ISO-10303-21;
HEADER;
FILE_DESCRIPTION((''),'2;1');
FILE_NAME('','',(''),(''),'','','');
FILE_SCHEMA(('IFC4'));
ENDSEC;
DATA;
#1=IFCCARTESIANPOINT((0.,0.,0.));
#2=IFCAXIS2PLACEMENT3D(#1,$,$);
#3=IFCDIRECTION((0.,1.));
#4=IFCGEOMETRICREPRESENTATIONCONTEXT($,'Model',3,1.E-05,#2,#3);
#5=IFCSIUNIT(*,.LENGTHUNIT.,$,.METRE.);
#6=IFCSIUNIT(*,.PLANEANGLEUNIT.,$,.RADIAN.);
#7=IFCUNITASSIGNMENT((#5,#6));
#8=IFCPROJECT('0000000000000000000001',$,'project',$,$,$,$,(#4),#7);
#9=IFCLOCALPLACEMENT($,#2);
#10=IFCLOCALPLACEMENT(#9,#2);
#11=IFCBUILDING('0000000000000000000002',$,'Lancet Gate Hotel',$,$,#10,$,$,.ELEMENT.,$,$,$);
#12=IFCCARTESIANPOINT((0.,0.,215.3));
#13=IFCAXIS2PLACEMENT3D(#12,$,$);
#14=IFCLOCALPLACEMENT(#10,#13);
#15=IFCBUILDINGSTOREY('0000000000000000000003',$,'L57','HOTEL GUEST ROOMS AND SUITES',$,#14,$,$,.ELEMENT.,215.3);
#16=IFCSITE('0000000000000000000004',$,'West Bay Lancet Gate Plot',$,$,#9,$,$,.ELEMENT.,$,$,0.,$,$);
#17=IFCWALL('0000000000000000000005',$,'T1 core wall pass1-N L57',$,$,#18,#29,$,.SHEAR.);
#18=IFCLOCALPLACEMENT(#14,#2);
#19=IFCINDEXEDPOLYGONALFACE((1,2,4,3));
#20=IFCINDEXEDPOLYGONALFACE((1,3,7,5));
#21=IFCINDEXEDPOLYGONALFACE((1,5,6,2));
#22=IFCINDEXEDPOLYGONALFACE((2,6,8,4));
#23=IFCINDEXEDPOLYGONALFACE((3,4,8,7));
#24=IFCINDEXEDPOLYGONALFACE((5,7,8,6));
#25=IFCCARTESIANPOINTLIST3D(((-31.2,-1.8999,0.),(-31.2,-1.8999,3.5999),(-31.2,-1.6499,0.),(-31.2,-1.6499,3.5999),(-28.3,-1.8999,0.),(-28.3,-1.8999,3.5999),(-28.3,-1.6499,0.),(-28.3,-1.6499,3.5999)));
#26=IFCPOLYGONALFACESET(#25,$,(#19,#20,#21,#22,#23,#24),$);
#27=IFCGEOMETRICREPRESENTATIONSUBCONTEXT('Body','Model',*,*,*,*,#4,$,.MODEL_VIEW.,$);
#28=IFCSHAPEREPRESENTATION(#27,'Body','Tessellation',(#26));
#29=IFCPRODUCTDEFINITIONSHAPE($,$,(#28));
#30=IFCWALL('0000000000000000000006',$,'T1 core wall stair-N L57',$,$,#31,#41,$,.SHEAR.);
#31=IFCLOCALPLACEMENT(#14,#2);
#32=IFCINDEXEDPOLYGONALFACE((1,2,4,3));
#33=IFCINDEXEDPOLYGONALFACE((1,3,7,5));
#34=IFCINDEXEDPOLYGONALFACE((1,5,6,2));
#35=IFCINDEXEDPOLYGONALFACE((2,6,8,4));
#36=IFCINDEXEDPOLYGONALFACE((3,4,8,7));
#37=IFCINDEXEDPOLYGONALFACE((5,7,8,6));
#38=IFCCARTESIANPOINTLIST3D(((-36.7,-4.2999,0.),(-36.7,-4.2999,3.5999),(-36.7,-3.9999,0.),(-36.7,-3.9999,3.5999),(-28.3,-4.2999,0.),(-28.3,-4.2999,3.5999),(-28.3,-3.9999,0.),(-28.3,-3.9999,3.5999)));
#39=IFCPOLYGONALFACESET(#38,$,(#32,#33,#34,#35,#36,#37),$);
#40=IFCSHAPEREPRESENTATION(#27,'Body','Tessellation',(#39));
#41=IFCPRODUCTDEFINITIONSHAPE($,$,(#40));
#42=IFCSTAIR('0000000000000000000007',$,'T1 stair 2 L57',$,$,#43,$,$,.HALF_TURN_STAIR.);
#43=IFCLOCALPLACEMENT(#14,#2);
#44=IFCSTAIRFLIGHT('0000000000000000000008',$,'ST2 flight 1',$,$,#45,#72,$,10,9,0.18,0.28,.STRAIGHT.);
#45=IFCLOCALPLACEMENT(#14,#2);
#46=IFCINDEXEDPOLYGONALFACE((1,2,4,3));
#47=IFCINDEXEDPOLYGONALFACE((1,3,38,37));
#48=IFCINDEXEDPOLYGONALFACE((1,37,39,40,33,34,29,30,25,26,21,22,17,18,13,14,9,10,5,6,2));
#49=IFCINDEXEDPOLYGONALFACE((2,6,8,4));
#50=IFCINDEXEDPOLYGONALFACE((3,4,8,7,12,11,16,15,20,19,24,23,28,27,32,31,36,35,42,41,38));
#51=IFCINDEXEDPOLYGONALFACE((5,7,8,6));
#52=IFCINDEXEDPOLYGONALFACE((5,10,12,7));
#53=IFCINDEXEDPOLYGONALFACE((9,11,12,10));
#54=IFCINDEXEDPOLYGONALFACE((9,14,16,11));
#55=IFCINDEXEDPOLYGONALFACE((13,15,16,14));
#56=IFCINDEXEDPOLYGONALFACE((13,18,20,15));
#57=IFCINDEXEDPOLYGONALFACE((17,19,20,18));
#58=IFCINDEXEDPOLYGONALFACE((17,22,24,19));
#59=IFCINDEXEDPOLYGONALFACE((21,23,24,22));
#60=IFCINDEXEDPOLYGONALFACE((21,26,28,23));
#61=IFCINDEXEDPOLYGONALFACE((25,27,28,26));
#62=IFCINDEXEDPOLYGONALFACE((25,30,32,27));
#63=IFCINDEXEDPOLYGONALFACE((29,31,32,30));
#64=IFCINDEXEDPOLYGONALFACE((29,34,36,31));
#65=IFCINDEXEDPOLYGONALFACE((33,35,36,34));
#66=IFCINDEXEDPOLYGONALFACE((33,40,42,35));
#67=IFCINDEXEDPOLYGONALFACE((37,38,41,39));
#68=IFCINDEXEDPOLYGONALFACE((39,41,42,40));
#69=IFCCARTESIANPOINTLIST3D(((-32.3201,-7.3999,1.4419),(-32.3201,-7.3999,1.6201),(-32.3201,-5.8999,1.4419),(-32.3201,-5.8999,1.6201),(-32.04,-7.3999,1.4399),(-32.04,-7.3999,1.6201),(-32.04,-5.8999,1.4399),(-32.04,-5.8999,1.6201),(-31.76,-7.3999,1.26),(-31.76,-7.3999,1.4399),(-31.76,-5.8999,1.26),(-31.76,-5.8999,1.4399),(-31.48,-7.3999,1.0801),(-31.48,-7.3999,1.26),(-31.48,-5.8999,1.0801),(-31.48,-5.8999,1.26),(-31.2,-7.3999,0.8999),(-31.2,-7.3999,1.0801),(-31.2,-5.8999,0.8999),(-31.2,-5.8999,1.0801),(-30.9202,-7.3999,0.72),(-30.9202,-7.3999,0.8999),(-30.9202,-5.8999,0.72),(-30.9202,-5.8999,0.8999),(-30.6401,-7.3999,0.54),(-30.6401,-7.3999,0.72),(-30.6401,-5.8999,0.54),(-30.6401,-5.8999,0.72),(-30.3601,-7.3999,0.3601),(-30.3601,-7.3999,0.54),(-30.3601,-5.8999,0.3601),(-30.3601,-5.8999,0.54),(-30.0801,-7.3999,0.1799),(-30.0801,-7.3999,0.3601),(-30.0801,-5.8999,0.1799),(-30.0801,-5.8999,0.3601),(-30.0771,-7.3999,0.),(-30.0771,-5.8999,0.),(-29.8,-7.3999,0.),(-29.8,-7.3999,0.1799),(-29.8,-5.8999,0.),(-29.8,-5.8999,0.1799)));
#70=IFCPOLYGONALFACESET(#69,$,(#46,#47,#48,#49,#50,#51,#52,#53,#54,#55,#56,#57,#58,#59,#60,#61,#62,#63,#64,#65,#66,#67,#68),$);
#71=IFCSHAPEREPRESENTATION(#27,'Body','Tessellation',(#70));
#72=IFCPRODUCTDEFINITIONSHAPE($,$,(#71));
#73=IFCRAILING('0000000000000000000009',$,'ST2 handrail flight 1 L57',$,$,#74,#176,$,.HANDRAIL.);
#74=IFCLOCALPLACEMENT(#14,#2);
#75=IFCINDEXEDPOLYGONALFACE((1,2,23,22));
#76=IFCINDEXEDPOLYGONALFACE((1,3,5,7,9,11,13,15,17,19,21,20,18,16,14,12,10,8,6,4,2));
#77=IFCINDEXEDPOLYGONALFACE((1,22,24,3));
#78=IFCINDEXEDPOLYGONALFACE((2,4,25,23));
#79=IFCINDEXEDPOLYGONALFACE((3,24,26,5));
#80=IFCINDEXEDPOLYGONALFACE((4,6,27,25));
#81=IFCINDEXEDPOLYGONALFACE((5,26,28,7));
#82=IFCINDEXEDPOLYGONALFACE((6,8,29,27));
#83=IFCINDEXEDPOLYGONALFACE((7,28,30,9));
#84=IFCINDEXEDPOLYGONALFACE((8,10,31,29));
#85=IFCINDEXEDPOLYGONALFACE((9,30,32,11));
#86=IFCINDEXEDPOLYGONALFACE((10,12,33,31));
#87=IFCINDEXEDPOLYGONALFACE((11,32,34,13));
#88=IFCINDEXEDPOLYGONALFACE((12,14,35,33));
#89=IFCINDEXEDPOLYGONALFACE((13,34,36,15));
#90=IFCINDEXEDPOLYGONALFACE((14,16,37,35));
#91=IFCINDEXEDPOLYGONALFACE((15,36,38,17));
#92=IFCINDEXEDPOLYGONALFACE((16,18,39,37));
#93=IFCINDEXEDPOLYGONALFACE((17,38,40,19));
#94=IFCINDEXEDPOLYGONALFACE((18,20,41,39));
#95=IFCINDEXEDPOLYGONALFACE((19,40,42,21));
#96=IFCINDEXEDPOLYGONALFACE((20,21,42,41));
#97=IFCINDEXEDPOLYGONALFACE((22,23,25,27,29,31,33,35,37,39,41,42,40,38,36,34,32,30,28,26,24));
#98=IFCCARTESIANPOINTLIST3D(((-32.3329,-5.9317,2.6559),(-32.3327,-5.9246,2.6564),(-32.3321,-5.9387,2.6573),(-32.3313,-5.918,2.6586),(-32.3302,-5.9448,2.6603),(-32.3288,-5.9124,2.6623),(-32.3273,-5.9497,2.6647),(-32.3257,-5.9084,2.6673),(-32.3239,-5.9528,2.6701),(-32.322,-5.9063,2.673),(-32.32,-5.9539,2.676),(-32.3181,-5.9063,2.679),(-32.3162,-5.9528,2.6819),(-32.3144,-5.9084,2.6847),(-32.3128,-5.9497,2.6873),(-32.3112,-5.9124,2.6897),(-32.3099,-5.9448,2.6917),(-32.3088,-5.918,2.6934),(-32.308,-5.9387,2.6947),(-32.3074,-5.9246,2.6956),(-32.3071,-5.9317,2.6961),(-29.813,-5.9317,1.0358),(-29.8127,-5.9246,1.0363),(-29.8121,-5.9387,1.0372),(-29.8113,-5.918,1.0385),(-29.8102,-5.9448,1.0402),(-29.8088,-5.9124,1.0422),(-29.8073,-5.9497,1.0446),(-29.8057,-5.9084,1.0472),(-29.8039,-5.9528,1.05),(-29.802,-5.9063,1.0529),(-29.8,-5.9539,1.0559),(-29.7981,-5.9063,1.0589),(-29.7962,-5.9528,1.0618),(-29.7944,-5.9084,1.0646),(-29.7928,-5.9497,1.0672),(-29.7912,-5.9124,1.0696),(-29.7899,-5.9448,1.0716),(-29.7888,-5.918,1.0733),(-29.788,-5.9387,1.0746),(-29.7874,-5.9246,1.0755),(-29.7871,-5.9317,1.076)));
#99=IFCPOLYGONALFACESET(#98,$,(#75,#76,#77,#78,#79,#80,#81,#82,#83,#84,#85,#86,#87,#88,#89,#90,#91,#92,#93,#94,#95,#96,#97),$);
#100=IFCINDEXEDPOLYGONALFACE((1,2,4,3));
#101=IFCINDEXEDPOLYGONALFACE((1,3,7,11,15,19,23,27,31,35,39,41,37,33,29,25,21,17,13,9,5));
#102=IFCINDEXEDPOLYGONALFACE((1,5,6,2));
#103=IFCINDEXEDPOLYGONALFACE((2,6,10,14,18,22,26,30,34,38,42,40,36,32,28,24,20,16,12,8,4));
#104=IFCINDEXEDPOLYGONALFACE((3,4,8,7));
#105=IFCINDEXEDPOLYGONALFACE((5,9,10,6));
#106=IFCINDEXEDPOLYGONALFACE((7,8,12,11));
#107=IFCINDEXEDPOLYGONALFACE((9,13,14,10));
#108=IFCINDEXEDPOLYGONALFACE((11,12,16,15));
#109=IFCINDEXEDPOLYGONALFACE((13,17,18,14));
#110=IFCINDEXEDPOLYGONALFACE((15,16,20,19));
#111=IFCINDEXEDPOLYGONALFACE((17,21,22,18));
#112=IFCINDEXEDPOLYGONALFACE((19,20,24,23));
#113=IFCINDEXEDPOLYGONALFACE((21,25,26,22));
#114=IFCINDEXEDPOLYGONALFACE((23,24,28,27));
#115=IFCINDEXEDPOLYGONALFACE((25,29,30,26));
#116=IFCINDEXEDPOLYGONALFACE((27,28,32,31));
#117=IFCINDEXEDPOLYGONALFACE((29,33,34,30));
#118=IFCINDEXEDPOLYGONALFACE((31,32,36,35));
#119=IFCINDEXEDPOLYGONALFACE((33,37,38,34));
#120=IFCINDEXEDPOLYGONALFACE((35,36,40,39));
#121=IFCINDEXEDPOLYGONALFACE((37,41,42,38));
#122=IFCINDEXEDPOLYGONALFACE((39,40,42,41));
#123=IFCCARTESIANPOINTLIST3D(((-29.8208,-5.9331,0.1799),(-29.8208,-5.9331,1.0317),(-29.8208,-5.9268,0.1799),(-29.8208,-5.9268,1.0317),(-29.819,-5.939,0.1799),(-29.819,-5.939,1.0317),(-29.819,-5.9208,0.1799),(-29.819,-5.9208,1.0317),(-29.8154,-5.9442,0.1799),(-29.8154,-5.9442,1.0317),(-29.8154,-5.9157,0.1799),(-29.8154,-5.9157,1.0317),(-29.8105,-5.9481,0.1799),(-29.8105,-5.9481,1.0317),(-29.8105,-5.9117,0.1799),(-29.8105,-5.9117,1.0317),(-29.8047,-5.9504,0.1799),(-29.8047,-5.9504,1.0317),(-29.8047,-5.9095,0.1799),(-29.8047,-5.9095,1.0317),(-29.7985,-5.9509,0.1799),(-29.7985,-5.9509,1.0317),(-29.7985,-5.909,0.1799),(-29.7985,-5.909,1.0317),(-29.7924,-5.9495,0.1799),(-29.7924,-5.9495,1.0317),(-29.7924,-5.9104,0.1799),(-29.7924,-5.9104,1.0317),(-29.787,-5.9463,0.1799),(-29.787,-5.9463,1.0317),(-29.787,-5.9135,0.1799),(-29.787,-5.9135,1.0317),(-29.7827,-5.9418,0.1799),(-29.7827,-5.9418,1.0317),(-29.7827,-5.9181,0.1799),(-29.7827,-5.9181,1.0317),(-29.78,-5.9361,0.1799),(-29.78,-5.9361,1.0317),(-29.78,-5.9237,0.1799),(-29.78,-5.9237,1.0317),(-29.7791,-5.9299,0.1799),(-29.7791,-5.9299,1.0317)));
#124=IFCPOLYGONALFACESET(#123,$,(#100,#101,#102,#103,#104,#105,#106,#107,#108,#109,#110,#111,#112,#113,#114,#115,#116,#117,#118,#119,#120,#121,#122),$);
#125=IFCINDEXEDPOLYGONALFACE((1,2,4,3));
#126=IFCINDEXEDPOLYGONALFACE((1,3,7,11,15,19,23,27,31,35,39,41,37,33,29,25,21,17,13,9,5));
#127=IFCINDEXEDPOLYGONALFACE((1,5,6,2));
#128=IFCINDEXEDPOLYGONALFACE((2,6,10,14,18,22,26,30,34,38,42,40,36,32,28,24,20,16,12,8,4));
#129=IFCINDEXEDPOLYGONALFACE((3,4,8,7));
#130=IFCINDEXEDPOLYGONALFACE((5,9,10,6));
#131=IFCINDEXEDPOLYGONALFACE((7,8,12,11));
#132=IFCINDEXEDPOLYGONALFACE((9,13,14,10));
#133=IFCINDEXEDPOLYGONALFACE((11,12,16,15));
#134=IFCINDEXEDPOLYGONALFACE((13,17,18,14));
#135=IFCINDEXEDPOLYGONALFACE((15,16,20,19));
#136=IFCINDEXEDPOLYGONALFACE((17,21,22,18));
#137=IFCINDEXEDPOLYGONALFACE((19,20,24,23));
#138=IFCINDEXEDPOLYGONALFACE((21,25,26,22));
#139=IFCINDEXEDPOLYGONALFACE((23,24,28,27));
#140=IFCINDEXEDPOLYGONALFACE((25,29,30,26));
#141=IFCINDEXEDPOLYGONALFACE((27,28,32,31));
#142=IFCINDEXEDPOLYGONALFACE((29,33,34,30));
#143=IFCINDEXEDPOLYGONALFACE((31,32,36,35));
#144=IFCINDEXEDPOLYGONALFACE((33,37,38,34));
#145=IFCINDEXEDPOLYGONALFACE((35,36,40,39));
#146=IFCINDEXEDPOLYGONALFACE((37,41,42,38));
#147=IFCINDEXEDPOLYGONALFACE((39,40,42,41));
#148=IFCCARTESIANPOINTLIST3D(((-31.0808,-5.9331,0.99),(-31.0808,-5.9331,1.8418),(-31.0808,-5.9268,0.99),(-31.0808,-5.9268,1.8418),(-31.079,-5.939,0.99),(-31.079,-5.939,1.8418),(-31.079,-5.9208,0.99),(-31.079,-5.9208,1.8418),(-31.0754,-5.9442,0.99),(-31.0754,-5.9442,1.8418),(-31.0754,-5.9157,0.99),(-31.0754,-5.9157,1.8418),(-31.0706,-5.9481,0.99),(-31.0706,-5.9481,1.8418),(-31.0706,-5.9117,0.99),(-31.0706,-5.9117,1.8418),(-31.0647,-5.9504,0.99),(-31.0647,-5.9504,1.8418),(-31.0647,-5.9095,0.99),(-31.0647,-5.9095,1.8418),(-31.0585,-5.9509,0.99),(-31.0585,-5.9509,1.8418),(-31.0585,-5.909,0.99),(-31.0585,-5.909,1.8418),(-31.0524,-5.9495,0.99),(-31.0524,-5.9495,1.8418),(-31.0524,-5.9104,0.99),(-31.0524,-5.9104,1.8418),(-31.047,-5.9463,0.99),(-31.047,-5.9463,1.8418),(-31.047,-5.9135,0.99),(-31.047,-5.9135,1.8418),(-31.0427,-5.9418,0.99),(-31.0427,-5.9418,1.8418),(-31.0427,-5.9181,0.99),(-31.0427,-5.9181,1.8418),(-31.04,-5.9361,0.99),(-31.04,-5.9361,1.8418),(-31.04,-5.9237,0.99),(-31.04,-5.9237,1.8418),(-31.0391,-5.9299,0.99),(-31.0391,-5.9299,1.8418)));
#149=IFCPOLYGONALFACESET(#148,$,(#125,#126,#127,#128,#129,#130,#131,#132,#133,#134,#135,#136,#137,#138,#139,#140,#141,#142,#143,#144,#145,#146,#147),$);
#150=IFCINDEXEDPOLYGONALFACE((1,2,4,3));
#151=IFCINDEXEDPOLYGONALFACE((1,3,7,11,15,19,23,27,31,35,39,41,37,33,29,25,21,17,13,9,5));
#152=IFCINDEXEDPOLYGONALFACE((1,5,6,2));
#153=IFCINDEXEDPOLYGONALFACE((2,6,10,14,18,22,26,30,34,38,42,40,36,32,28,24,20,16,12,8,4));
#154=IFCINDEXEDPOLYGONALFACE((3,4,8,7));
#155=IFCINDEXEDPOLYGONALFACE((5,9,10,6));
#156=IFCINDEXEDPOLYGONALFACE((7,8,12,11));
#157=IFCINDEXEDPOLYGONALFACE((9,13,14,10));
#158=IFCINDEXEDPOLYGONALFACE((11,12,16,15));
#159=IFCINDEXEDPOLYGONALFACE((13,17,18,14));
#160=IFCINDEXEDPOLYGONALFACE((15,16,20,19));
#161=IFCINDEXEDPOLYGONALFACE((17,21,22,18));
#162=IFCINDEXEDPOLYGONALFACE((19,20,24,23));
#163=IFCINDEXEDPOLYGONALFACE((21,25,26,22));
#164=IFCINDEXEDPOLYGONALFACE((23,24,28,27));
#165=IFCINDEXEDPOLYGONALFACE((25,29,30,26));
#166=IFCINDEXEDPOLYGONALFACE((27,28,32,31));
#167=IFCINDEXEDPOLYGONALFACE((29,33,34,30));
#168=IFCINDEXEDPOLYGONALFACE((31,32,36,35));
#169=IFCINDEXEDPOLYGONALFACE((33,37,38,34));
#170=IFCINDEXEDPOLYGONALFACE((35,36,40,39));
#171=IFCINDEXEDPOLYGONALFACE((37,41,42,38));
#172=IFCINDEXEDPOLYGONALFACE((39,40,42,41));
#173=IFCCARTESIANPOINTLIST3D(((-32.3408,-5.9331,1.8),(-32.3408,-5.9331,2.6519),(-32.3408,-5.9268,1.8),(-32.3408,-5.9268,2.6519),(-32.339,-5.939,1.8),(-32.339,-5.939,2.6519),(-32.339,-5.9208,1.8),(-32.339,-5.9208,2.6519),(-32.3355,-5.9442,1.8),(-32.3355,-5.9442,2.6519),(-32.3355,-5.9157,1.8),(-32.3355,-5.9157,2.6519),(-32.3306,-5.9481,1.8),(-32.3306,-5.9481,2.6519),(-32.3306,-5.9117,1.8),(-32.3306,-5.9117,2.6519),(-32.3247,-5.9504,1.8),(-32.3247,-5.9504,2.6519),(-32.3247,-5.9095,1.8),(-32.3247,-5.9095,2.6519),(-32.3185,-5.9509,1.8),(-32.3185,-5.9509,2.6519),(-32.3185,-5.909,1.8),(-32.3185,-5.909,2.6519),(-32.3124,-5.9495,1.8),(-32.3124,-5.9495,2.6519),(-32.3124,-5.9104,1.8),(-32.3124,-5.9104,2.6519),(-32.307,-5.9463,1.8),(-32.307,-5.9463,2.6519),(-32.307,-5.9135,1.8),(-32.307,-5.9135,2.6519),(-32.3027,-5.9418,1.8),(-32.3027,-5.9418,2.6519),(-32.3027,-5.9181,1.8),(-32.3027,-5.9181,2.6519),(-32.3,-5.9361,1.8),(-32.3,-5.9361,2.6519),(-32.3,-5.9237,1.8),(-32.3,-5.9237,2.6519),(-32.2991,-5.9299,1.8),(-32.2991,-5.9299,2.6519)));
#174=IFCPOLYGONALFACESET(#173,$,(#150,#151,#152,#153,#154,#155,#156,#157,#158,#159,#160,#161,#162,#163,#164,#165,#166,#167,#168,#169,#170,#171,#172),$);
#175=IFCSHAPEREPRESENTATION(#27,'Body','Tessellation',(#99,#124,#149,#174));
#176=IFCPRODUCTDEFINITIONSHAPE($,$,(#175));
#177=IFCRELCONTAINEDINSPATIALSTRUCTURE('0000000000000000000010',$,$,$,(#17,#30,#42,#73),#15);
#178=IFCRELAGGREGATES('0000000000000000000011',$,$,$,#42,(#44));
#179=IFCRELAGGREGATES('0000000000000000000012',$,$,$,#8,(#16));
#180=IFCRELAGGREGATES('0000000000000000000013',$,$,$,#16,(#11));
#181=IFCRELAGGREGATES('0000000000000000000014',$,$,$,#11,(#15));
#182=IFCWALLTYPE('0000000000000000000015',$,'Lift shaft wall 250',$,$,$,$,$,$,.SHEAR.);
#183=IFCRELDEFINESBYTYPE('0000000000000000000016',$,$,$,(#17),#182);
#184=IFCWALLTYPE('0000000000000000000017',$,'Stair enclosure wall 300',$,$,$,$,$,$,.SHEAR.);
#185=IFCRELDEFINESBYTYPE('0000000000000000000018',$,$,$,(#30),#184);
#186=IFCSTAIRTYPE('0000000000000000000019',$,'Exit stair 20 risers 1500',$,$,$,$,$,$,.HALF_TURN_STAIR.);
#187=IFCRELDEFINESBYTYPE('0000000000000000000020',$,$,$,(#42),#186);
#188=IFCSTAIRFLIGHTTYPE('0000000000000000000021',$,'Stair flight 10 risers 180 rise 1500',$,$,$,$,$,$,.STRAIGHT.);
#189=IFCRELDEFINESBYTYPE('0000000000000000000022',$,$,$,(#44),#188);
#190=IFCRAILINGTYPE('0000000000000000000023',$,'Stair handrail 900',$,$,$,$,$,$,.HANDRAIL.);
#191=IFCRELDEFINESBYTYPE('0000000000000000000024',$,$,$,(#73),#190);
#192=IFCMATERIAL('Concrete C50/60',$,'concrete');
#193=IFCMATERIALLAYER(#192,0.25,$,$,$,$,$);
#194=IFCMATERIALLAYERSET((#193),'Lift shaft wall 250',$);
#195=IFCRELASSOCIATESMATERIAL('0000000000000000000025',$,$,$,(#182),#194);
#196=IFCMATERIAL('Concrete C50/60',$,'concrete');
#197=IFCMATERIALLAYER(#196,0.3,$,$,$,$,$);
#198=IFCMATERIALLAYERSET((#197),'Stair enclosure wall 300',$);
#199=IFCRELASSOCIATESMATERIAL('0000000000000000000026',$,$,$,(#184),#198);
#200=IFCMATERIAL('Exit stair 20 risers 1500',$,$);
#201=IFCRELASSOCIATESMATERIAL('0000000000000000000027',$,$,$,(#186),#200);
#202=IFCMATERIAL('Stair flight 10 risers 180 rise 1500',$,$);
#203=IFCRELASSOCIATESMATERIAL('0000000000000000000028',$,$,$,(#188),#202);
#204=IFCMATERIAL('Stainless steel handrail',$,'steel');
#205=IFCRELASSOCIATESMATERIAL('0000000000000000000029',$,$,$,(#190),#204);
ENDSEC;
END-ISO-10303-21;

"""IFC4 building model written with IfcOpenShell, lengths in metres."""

from ifc_helpers import new_model, si_unit, direction, frame, frame_2d, origin, origin_2d, place, context, subcontext, project, spatial, polyline, rectangle, circle, outline, extrude, material, layer, layer_set, type_object, element, aggregate, save


model = new_model("IFC4")

# Units and contexts
model_context = context("Model", 3, precision=1e-05, world=origin(), true_north=direction((0.0, 1.0)))
body_context = subcontext(model_context, "Body", "Model", "MODEL_VIEW")
ifc_project = project(units=[si_unit("LENGTHUNIT", "METRE"), si_unit("PLANEANGLEUNIT", "RADIAN")], contexts=[model_context])

# Site, building, storey
site_placement = place(None, origin())
site = spatial("IfcSite", under=ifc_project, at=site_placement, Name="West Bay Lancet Gate Plot", CompositionType="ELEMENT", RefElevation=0.0)
building_placement = place(site_placement, origin())
building = spatial("IfcBuilding", under=site, at=building_placement, Name="Lancet Gate Hotel", CompositionType="ELEMENT")
storey_placement = place(building_placement, frame((0.0, 0.0, 215.3)))
storey = spatial("IfcBuildingStorey", under=building, at=storey_placement, Name="L57", Description="HOTEL GUEST ROOMS AND SUITES", CompositionType="ELEMENT", Elevation=215.3)

# Walls
ifc_material_1 = material(Name="Concrete C50/60", Category="concrete")
ifc_layer_1 = layer(ifc_material_1, 0.25)
ifc_layer_set_1 = layer_set([ifc_layer_1], Name="Lift shaft wall 250")
wall_type_1 = type_object("IfcWallType", Name="Lift shaft wall 250", PredefinedType="SHEAR", material=ifc_layer_set_1)
wall_1_placement = place(storey_placement, frame((-28.3, -1.7749, 0.0), z_axis=(0.0, 0.0, 1.0), x_axis=(-1.0, 0.0, 0.0)))
element("IfcWall", 1, at=wall_1_placement, inside=storey, type_object=wall_type_1, Name="T1 core wall pass1-N L57", PredefinedType="SHEAR", context=body_context, shape_type="SweptSolid", body=[
    extrude(rectangle(XDim=2.8999, YDim=0.25, at=frame_2d((1.45, 0.0))), origin(), (0.0, 0.0, 1.0), 3.5999),
])
ifc_material_2 = material(Name="Concrete C50/60", Category="concrete")
ifc_layer_2 = layer(ifc_material_2, 0.3)
ifc_layer_set_2 = layer_set([ifc_layer_2], Name="Stair enclosure wall 300")
wall_type_2 = type_object("IfcWallType", Name="Stair enclosure wall 300", PredefinedType="SHEAR", material=ifc_layer_set_2)
wall_2_placement = place(storey_placement, frame((-28.3, -4.1499, 0.0), z_axis=(0.0, 0.0, 1.0), x_axis=(-1.0, 0.0, 0.0)))
element("IfcWall", 2, at=wall_2_placement, inside=storey, type_object=wall_type_2, Name="T1 core wall stair-N L57", PredefinedType="SHEAR", context=body_context, shape_type="SweptSolid", body=[
    extrude(rectangle(XDim=8.3999, YDim=0.3, at=frame_2d((4.2, 0.0))), origin(), (0.0, 0.0, 1.0), 3.5999),
])

# Stair, stair flight
ifc_material_3 = material(Name="Exit stair 20 risers 1500")
stair_type = type_object("IfcStairType", Name="Exit stair 20 risers 1500", PredefinedType="HALF_TURN_STAIR", material=ifc_material_3)
stair_placement = place(storey_placement, origin())
stair = element("IfcStair", 3, at=stair_placement, inside=storey, type_object=stair_type, Name="T1 stair 2 L57", PredefinedType="HALF_TURN_STAIR")
ifc_material_4 = material(Name="Stair flight 10 risers 180 rise 1500")
stair_flight_type = type_object("IfcStairFlightType", Name="Stair flight 10 risers 180 rise 1500", PredefinedType="STRAIGHT", material=ifc_material_4)
stair_flight_placement = place(storey_placement, frame((-29.8, -6.6499, 0.0), z_axis=(0.0, 0.0, 1.0), x_axis=(-1.0, 0.0, 0.0)))
stair_flight = element("IfcStairFlight", 4, at=stair_flight_placement, type_object=stair_flight_type, Name="ST2 flight 1", NumberOfRisers=10, NumberOfTreads=9, PredefinedType="STRAIGHT", RiserHeight=0.18, TreadLength=0.28, context=body_context, shape_type="SweptSolid", body=[
    extrude(outline(polyline([(0.0, 0.0), (0.0, 0.1799), (0.28, 0.1799), (0.28, 0.3601), (0.5601, 0.3601), (0.5601, 0.54), (0.8401, 0.54), (0.8401, 0.72), (1.1201, 0.72), (1.1201, 0.8999), (1.3999, 0.8999), (1.3999, 1.0801), (1.6799, 1.0801), (1.6799, 1.26), (1.96, 1.26), (1.96, 1.4399), (2.24, 1.4399), (2.24, 1.6201), (2.52, 1.6201), (2.52, 1.8), (2.52, 1.4419), (0.2771, 0.0), (0.0, 0.0)])), frame((0.0, 0.75, 0.0), z_axis=(0.0, -1.0, 0.0), x_axis=(1.0, 0.0, 0.0)), (0.0, 0.0, 1.0), 1.5),
])
aggregate(stair, [stair_flight])

# Railing
ifc_material_5 = material(Name="Stainless steel handrail", Category="steel")
railing_type = type_object("IfcRailingType", Name="Stair handrail 900", PredefinedType="HANDRAIL", material=ifc_material_5)
railing_placement = place(storey_placement, frame((-29.8, -5.9299, 0.1799)))
element("IfcRailing", 5, at=railing_placement, inside=storey, type_object=railing_type, Name="ST2 handrail flight 1 L57", PredefinedType="HANDRAIL", context=body_context, shape_type="SweptSolid", body=[
    extrude(circle(Radius=0.0239, at=origin_2d()), frame((0.0, 0.0, 0.876), z_axis=(-0.841163, 0.0, 0.540782), x_axis=(0.0, -1.0, 0.0)), (0.0, 0.0, 1.0), 2.9958),
    extrude(circle(Radius=0.021, at=origin_2d()), origin(), (0.0, 0.0, 1.0), 0.8518),
    extrude(circle(Radius=0.021, at=origin_2d()), frame((-1.26, 0.0, 0.8101)), (0.0, 0.0, 1.0), 0.8518),
    extrude(circle(Radius=0.021, at=origin_2d()), frame((-2.52, 0.0, 1.6201)), (0.0, 0.0, 1.0), 0.8518),
])

save(model, "model.ifc")
